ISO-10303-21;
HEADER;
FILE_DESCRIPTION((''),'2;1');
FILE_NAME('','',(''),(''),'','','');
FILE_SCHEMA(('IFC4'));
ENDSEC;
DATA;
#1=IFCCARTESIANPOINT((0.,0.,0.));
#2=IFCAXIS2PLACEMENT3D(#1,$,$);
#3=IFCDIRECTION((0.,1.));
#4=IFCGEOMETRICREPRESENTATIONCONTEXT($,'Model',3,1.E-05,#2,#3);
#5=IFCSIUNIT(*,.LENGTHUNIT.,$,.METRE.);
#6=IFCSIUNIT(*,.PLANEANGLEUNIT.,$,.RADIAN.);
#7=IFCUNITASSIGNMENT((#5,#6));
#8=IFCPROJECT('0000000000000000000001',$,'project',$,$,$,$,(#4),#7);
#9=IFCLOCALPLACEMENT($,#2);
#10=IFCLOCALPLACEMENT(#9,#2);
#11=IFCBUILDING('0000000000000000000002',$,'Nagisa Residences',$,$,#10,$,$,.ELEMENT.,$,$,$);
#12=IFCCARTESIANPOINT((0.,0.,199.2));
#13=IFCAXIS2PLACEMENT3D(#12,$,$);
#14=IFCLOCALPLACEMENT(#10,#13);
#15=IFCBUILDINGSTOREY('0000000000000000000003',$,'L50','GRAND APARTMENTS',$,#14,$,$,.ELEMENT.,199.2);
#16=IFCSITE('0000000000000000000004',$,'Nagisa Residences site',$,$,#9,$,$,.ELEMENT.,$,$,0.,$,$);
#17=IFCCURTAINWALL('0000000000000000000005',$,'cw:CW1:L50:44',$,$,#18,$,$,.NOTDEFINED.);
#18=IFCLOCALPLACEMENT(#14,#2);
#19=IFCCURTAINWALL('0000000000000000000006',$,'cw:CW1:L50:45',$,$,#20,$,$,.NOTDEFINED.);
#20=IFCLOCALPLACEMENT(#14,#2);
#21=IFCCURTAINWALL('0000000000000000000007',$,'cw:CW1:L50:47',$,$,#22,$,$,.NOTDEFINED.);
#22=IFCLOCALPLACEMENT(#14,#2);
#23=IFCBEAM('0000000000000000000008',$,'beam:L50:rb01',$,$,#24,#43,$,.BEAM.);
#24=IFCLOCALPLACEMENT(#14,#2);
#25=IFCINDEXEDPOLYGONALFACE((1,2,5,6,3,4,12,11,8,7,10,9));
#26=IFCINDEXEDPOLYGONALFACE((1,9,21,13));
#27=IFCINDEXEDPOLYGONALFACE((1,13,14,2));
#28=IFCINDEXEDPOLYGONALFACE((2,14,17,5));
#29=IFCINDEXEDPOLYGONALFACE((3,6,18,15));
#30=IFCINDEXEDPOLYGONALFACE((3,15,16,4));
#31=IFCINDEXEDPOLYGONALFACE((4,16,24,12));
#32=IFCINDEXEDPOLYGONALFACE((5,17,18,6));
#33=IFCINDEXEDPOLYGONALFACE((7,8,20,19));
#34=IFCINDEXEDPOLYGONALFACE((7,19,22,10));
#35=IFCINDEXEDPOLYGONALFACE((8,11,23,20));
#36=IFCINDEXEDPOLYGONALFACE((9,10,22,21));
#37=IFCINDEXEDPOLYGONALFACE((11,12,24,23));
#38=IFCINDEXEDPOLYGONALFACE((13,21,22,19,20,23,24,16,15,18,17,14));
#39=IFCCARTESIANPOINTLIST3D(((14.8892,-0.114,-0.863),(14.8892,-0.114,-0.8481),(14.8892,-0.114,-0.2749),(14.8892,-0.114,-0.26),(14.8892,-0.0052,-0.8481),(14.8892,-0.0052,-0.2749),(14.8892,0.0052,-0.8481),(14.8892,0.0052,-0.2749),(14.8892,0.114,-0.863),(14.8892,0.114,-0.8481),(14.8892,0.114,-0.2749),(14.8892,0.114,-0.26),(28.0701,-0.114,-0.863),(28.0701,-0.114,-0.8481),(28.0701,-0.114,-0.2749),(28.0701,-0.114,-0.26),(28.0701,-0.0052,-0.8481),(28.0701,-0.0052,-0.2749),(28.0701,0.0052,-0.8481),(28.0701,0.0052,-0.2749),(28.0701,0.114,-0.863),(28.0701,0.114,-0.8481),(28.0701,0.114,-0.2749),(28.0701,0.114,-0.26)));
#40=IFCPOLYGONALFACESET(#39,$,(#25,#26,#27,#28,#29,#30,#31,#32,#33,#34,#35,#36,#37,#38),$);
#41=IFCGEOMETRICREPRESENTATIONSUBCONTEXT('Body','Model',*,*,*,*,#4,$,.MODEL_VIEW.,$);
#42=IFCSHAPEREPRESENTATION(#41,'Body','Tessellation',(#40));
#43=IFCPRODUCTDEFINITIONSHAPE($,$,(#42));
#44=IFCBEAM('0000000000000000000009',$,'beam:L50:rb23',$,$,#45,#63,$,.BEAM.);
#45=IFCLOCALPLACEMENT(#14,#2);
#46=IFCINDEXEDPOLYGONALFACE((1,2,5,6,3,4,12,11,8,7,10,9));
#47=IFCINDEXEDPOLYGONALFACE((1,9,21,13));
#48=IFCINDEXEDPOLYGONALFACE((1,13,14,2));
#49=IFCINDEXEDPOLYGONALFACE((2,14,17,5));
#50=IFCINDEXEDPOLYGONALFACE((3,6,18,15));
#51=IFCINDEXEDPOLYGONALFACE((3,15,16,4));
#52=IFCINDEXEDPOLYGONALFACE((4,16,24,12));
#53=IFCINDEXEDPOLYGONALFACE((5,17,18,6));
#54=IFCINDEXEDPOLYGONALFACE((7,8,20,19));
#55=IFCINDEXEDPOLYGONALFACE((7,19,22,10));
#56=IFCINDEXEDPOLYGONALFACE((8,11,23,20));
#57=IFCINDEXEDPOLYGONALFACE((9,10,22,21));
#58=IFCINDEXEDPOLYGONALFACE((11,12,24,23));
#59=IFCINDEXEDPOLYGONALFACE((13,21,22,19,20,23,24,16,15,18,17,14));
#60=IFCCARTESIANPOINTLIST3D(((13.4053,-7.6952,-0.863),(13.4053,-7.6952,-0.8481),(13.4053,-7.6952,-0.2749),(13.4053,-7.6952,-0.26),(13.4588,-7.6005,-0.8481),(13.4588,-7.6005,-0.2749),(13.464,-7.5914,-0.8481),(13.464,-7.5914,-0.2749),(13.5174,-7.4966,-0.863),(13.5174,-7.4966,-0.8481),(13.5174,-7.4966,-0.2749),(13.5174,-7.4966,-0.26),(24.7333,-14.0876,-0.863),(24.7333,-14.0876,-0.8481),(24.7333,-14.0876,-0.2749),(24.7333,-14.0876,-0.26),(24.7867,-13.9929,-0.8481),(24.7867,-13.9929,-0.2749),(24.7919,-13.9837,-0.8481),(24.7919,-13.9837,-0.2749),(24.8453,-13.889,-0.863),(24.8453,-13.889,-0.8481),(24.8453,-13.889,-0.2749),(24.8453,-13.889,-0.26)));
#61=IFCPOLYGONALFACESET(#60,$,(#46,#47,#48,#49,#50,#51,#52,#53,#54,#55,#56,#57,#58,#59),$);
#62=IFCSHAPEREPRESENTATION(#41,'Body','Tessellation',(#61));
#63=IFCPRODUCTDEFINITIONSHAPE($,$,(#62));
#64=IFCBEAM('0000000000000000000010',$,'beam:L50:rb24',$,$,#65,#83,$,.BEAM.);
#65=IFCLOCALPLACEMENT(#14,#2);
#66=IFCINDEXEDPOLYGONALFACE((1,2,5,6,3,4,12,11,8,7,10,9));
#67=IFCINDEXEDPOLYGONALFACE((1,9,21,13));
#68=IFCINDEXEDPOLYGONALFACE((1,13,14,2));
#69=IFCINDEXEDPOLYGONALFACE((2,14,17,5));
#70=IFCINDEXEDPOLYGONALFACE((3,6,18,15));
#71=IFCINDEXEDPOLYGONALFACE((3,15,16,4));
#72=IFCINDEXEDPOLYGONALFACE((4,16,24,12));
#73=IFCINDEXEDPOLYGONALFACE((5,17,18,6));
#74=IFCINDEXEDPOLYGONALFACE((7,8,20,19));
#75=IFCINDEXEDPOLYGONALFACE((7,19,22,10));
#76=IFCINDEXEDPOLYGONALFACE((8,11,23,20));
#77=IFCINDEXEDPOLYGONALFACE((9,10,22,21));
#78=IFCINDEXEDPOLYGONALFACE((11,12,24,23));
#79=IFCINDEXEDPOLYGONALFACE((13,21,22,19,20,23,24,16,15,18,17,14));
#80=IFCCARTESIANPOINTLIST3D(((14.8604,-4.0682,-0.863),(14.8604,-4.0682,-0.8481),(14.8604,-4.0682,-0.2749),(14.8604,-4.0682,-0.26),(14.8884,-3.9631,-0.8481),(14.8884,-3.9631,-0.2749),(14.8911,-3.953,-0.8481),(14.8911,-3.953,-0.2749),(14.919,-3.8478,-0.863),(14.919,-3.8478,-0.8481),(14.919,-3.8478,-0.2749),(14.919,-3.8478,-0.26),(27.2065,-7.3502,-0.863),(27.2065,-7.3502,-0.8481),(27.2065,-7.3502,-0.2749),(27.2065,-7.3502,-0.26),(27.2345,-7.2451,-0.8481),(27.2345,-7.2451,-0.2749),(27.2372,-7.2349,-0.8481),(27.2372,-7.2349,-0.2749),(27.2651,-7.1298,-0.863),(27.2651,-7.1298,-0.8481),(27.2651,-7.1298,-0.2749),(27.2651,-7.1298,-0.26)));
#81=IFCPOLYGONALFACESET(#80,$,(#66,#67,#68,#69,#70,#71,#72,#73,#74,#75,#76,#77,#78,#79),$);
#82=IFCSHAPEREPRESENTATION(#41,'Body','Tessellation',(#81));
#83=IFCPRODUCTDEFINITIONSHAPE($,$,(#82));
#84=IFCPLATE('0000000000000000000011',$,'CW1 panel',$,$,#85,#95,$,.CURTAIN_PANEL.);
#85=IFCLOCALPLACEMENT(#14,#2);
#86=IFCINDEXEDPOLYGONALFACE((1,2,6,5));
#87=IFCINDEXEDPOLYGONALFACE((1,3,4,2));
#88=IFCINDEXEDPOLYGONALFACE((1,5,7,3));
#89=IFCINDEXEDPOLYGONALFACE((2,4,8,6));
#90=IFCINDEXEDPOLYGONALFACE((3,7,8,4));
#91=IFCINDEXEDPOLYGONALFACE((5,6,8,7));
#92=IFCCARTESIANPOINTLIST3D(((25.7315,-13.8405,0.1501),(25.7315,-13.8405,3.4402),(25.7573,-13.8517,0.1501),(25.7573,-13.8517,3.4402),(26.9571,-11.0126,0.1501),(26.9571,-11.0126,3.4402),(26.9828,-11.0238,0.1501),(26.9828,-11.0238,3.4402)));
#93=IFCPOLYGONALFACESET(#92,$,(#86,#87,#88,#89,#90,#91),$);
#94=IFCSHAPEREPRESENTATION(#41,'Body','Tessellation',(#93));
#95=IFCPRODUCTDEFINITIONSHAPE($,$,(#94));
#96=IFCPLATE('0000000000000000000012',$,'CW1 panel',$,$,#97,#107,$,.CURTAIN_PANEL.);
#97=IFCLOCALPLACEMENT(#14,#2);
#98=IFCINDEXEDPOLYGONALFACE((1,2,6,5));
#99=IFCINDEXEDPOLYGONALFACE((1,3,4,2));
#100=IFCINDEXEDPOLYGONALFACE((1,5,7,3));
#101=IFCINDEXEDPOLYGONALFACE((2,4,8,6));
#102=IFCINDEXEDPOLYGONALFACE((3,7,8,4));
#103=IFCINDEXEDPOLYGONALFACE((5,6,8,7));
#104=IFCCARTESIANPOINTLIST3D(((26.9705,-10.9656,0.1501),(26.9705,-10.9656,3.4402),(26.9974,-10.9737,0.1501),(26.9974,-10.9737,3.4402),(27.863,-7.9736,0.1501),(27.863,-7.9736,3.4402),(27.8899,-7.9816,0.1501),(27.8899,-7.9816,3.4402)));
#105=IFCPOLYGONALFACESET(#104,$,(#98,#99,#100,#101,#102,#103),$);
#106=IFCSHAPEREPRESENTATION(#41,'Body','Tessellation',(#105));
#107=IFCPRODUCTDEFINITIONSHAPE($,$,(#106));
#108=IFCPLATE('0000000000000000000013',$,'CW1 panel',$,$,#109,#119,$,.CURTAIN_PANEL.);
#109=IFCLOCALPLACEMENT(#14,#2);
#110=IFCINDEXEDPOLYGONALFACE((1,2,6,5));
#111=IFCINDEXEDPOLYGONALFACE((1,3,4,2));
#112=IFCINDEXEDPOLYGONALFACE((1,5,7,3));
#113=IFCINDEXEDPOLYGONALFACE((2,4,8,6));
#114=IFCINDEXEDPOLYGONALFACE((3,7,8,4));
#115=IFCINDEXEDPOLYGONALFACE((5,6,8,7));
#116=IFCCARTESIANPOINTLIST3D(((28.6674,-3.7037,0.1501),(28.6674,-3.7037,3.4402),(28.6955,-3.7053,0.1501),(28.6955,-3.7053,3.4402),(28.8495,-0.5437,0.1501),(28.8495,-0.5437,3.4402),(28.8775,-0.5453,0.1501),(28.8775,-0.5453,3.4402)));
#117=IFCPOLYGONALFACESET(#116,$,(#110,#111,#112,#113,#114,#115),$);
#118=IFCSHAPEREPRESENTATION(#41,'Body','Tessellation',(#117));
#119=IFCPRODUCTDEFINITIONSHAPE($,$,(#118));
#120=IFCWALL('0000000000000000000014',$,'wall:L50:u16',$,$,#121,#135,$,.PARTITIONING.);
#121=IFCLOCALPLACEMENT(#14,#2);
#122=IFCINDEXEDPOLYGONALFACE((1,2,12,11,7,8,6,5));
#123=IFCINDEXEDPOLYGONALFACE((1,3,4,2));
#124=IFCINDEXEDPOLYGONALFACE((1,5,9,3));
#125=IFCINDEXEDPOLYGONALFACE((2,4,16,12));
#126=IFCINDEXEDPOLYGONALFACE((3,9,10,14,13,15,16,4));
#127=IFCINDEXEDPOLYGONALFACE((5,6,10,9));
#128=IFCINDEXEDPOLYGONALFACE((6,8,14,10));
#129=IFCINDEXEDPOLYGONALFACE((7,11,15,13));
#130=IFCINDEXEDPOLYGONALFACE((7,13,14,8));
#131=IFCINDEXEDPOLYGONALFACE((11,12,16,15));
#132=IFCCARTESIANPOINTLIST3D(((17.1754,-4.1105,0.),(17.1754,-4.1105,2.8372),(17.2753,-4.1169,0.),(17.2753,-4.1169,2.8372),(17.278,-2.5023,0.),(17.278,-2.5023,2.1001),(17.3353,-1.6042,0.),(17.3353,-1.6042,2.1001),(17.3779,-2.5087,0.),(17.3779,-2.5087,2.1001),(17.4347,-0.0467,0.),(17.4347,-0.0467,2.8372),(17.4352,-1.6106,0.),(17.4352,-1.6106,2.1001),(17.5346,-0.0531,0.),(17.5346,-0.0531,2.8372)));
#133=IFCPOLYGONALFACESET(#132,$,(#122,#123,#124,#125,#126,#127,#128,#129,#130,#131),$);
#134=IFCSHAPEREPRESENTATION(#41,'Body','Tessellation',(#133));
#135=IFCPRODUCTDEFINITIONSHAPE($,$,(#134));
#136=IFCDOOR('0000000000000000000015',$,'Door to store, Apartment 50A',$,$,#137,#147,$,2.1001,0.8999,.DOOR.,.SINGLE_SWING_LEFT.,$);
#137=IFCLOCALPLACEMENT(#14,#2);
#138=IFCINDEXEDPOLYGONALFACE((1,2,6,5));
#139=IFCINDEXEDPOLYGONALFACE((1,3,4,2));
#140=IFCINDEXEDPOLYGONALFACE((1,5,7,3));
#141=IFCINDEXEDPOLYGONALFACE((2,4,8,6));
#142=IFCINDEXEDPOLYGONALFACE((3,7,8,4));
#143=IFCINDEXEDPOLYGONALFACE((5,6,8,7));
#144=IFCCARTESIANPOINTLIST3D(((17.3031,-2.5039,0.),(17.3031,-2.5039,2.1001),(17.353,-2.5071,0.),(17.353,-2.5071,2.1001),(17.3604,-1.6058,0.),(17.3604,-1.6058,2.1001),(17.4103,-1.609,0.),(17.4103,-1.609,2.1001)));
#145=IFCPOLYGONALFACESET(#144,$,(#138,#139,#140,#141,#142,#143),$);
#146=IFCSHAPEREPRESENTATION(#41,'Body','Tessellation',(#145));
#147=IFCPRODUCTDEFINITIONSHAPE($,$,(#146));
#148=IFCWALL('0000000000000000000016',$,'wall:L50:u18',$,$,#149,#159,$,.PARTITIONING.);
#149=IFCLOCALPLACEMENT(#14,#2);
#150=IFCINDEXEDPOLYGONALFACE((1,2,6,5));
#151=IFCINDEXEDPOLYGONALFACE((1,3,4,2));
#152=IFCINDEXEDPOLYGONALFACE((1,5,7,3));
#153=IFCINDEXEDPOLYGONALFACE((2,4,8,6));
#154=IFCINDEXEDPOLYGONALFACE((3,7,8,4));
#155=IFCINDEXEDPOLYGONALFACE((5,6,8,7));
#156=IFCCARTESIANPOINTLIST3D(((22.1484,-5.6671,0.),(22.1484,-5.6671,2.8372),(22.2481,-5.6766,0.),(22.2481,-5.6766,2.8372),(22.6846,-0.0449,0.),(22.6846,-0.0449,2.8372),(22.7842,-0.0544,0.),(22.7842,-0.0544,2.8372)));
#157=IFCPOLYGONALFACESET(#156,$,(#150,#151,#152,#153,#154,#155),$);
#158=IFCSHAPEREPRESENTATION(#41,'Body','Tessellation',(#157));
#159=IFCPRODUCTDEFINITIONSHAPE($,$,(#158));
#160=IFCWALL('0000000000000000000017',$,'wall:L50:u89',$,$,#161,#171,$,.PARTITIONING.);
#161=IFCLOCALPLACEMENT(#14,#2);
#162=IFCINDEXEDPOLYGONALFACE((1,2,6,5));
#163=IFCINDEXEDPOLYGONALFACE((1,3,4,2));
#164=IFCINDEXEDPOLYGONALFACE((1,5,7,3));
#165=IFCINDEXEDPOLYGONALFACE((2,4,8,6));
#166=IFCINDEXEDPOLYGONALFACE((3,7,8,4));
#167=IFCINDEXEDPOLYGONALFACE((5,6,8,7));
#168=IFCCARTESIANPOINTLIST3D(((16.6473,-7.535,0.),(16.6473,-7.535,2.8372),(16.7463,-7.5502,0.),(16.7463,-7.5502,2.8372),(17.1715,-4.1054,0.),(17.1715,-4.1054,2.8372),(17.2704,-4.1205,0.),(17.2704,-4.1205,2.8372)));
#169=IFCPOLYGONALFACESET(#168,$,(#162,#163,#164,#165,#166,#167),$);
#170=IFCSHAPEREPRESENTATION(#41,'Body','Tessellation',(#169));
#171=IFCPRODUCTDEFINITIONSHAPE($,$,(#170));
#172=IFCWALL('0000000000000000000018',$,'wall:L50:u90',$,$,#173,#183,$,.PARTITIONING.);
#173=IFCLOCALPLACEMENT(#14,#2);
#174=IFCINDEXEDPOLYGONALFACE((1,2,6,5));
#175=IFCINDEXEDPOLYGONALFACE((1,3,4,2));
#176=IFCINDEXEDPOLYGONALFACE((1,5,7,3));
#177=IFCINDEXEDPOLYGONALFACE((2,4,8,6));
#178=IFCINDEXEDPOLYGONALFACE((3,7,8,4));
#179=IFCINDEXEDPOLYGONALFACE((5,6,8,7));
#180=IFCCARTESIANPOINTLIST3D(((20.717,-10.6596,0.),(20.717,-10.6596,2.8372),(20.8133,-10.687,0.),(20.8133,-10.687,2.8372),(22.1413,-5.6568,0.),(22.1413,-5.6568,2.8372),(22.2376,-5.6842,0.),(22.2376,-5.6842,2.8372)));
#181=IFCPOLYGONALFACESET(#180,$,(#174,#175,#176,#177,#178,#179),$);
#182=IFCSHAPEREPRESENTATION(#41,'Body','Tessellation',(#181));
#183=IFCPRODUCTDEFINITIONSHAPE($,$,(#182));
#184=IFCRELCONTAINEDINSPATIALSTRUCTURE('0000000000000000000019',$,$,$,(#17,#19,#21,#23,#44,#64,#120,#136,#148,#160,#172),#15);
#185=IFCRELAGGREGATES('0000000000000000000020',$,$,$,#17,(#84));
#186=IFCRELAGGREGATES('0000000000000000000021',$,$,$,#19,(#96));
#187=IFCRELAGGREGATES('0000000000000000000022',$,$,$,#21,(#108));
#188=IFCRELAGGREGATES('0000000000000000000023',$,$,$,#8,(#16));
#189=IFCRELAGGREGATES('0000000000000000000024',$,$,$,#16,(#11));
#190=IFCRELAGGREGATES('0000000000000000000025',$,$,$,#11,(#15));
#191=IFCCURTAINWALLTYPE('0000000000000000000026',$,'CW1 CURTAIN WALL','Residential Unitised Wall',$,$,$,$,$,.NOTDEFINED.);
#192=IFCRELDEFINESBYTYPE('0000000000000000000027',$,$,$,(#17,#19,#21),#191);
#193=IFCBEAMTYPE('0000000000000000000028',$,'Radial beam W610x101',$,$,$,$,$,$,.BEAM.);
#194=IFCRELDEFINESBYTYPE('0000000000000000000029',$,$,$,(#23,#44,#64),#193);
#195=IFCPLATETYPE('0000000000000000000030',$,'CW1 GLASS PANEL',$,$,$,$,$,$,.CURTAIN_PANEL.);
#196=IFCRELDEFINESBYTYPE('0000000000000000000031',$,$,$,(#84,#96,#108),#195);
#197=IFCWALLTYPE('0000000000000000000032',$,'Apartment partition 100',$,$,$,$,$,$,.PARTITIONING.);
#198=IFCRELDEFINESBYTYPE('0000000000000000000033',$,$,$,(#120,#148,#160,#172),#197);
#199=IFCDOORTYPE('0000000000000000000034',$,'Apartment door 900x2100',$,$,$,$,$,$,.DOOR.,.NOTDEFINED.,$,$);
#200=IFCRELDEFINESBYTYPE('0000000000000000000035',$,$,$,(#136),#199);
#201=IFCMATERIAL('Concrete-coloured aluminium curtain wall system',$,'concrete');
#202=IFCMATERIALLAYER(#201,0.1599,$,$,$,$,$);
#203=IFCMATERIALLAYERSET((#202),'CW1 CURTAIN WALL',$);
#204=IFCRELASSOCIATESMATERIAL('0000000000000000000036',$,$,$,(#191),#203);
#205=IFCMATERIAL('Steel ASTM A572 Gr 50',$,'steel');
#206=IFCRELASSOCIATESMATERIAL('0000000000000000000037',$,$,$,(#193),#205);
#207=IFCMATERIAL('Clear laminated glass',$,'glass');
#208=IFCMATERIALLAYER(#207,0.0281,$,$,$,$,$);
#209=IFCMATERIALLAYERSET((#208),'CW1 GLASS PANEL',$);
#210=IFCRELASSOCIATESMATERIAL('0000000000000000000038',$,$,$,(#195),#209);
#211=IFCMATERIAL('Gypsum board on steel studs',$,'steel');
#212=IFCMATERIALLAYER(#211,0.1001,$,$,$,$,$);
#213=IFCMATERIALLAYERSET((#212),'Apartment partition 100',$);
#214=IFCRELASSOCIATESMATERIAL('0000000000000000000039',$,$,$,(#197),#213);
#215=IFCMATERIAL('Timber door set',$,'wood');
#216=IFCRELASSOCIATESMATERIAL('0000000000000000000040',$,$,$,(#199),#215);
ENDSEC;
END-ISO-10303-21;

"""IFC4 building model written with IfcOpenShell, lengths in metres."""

from ifc_helpers import new_model, si_unit, direction, frame, frame_2d, origin, origin_2d, place, context, subcontext, project, spatial, rectangle, i_section, extrude, material, layer, layer_set, material_profile, profile_set, type_object, element, fill, aggregate, save


model = new_model("IFC4")

# Units and contexts
model_context = context("Model", 3, precision=1e-05, world=origin(), true_north=direction((0.0, 1.0)))
body_context = subcontext(model_context, "Body", "Model", "MODEL_VIEW")
ifc_project = project(units=[si_unit("LENGTHUNIT", "METRE"), si_unit("PLANEANGLEUNIT", "RADIAN")], contexts=[model_context])

# Site, building, storey
site_placement = place(None, origin())
site = spatial("IfcSite", under=ifc_project, at=site_placement, Name="Nagisa Residences site", CompositionType="ELEMENT", RefElevation=0.0)
building_placement = place(site_placement, origin())
building = spatial("IfcBuilding", under=site, at=building_placement, Name="Nagisa Residences", CompositionType="ELEMENT")
storey_placement = place(building_placement, frame((0.0, 0.0, 199.2)))
storey = spatial("IfcBuildingStorey", under=building, at=storey_placement, Name="L50", Description="GRAND APARTMENTS", CompositionType="ELEMENT", Elevation=199.2)

# Curtain walls
ifc_material_1 = material(Name="Concrete-coloured aluminium curtain wall system", Category="concrete")
ifc_layer_1 = layer(ifc_material_1, 0.1599)
ifc_layer_set_1 = layer_set([ifc_layer_1], Name="CW1 CURTAIN WALL")
curtain_wall_type = type_object("IfcCurtainWallType", Name="CW1 CURTAIN WALL", Description="Residential Unitised Wall", PredefinedType="NOTDEFINED", material=ifc_layer_set_1)
curtain_wall_1_placement = place(storey_placement, origin())
curtain_wall_1 = element("IfcCurtainWall", 1, at=curtain_wall_1_placement, inside=storey, type_object=curtain_wall_type, Name="cw:CW1:L50:44", PredefinedType="NOTDEFINED")
curtain_wall_2_placement = place(storey_placement, origin())
curtain_wall_2 = element("IfcCurtainWall", 2, at=curtain_wall_2_placement, inside=storey, type_object=curtain_wall_type, Name="cw:CW1:L50:45", PredefinedType="NOTDEFINED")
curtain_wall_3_placement = place(storey_placement, origin())
curtain_wall_3 = element("IfcCurtainWall", 3, at=curtain_wall_3_placement, inside=storey, type_object=curtain_wall_type, Name="cw:CW1:L50:47", PredefinedType="NOTDEFINED")

# Beams
ifc_material_2 = material(Name="Steel ASTM A572 Gr 50", Category="steel")
ifc_material_profile_1 = material_profile(ifc_material_2, i_section(OverallWidth=0.228, OverallDepth=0.603, WebThickness=0.0105, FlangeThickness=0.0149, at=origin_2d()), Name="W610x101")
ifc_profile_set_1 = profile_set([ifc_material_profile_1], Name="Steel ASTM A572 Gr 50")
beam_type_1 = type_object("IfcBeamType", Name="Radial beam W610x101", PredefinedType="BEAM", material=ifc_profile_set_1)
beam_1_placement = place(storey_placement, frame((28.0701, 0.0, -0.5615), z_axis=(-1.0, 0.0, 0.0), x_axis=(0.0, -1.0, 0.0)))
element("IfcBeam", 4, at=beam_1_placement, inside=storey, type_object=beam_type_1, Name="beam:L50:rb01", PredefinedType="BEAM", context=body_context, shape_type="SweptSolid", body=[
    extrude(i_section(OverallWidth=0.228, OverallDepth=0.603, WebThickness=0.0105, FlangeThickness=0.0149, at=origin_2d()), origin(), (0.0, 0.0, 1.0), 13.1809),
])
beam_2_placement = place(storey_placement, frame((24.7893, -13.9883, -0.5615), z_axis=(-0.870905, 0.491452, 0.0), x_axis=(-0.491452, -0.870905, 0.0)))
element("IfcBeam", 5, at=beam_2_placement, inside=storey, type_object=beam_type_1, Name="beam:L50:rb23", PredefinedType="BEAM", context=body_context, shape_type="SweptSolid", body=[
    extrude(i_section(OverallWidth=0.228, OverallDepth=0.603, WebThickness=0.0105, FlangeThickness=0.0149, at=origin_2d()), origin(), (0.0, 0.0, 1.0), 13.0071),
])
beam_3_placement = place(storey_placement, frame((27.2358, -7.24, -0.5615), z_axis=(-0.966436, 0.256907, 0.0), x_axis=(-0.256907, -0.966436, 0.0)))
element("IfcBeam", 6, at=beam_3_placement, inside=storey, type_object=beam_type_1, Name="beam:L50:rb24", PredefinedType="BEAM", context=body_context, shape_type="SweptSolid", body=[
    extrude(i_section(OverallWidth=0.228, OverallDepth=0.603, WebThickness=0.0105, FlangeThickness=0.0149, at=origin_2d()), origin(), (0.0, 0.0, 1.0), 12.7749),
])

# Plates
ifc_material_3 = material(Name="Clear laminated glass", Category="glass")
ifc_layer_2 = layer(ifc_material_3, 0.0281)
ifc_layer_set_2 = layer_set([ifc_layer_2], Name="CW1 GLASS PANEL")
plate_type = type_object("IfcPlateType", Name="CW1 GLASS PANEL", PredefinedType="CURTAIN_PANEL", material=ifc_layer_set_2)
plate_1_placement = place(storey_placement, frame((26.3572, -12.4321, 0.1501), z_axis=(0.0, 0.0, 1.0), x_axis=(0.397636, 0.917543, 0.0)))
plate_1 = element("IfcPlate", 7, at=plate_1_placement, type_object=plate_type, Name="CW1 panel", PredefinedType="CURTAIN_PANEL", context=body_context, shape_type="SweptSolid", body=[
    extrude(rectangle(XDim=3.082, YDim=0.0281, at=origin_2d()), origin(), (0.0, 0.0, 1.0), 3.29),
])
aggregate(curtain_wall_1, [plate_1])
plate_2_placement = place(storey_placement, frame((27.4302, -9.4736, 0.1501), z_axis=(0.0, 0.0, 1.0), x_axis=(0.28586, 0.958271, 0.0)))
plate_2 = element("IfcPlate", 8, at=plate_2_placement, type_object=plate_type, Name="CW1 panel", PredefinedType="CURTAIN_PANEL", context=body_context, shape_type="SweptSolid", body=[
    extrude(rectangle(XDim=3.1223, YDim=0.0281, at=origin_2d()), origin(), (0.0, 0.0, 1.0), 3.29),
])
aggregate(curtain_wall_2, [plate_2])
plate_3_placement = place(storey_placement, frame((28.7725, -2.1245, 0.1501), z_axis=(0.0, 0.0, 1.0), x_axis=(0.057503, 0.998345, 0.0)))
plate_3 = element("IfcPlate", 9, at=plate_3_placement, type_object=plate_type, Name="CW1 panel", PredefinedType="CURTAIN_PANEL", context=body_context, shape_type="SweptSolid", body=[
    extrude(rectangle(XDim=3.1653, YDim=0.0281, at=origin_2d()), origin(), (0.0, 0.0, 1.0), 3.29),
])
aggregate(curtain_wall_3, [plate_3])

# Wall, opening, door
ifc_material_4 = material(Name="Gypsum board on steel studs", Category="steel")
ifc_layer_3 = layer(ifc_material_4, 0.1001)
ifc_layer_set_3 = layer_set([ifc_layer_3], Name="Apartment partition 100")
wall_type_1 = type_object("IfcWallType", Name="Apartment partition 100", PredefinedType="PARTITIONING", material=ifc_layer_set_3)
wall_1_placement = place(storey_placement, frame((17.4846, -0.0498, 0.0), z_axis=(0.0, 0.0, 1.0), x_axis=(-0.063673, -0.997971, 0.0)))
wall_1 = element("IfcWall", 10, at=wall_1_placement, inside=storey, type_object=wall_type_1, Name="wall:L50:u16", PredefinedType="PARTITIONING", context=body_context, shape_type="SweptSolid", body=[
    extrude(rectangle(XDim=4.072, YDim=0.1001, at=frame_2d((2.0361, 0.0))), origin(), (0.0, 0.0, 1.0), 2.8372),
])
opening_1_placement = place(wall_1_placement, frame((1.5608, 0.0, 0.0)))
opening_1 = element("IfcOpeningElement", 11, at=opening_1_placement, cuts=wall_1, PredefinedType="OPENING", context=body_context, shape_type="SweptSolid", body=[
    extrude(rectangle(XDim=0.8999, YDim=2.1001, at=frame_2d((0.45, 1.05))), frame((0.0, 0.0601, 0.0), z_axis=(0.0, -1.0, 0.0), x_axis=(1.0, 0.0, 0.0)), (0.0, 0.0, 1.0), 0.1201),
])
ifc_material_5 = material(Name="Timber door set", Category="wood")
door_type_1 = type_object("IfcDoorType", Name="Apartment door 900x2100", OperationType="NOTDEFINED", PredefinedType="DOOR", material=ifc_material_5)
door_1_placement = place(opening_1_placement, frame((0.8999, 0.0, 0.0), x_axis=(-1.0, 0.0, 0.0)))
door_1 = element("IfcDoor", 12, at=door_1_placement, inside=storey, type_object=door_type_1, Name="Door to store, Apartment 50A", OperationType="SINGLE_SWING_LEFT", OverallHeight=2.1001, OverallWidth=0.8999, PredefinedType="DOOR", context=body_context, shape_type="SweptSolid", body=[
    extrude(rectangle(XDim=0.8999, YDim=2.1001, at=frame_2d((0.45, 1.05))), frame((0.0, 0.0249, 0.0), z_axis=(0.0, -1.0, 0.0), x_axis=(1.0, 0.0, 0.0)), (0.0, 0.0, 1.0), 0.05),
])
fill(opening_1, door_1)

# Walls
wall_2_placement = place(storey_placement, frame((22.7344, -0.0498, 0.0), z_axis=(0.0, 0.0, 1.0), x_axis=(-0.094927, -0.995484, 0.0)))
element("IfcWall", 13, at=wall_2_placement, inside=storey, type_object=wall_type_1, Name="wall:L50:u18", PredefinedType="PARTITIONING", context=body_context, shape_type="SweptSolid", body=[
    extrude(rectangle(XDim=5.6477, YDim=0.1001, at=frame_2d((2.8237, 0.0))), origin(), (0.0, 0.0, 1.0), 2.8372),
])
wall_3_placement = place(storey_placement, frame((16.6968, -7.5427, 0.0), z_axis=(0.0, 0.0, 1.0), x_axis=(0.151079, 0.988522, 0.0)))
element("IfcWall", 14, at=wall_3_placement, inside=storey, type_object=wall_type_1, Name="wall:L50:u89", PredefinedType="PARTITIONING", context=body_context, shape_type="SweptSolid", body=[
    extrude(rectangle(XDim=3.4695, YDim=0.1001, at=frame_2d((1.7349, 0.0))), origin(), (0.0, 0.0, 1.0), 2.8372),
])
wall_4_placement = place(storey_placement, frame((20.7651, -10.6733, 0.0), z_axis=(0.0, 0.0, 1.0), x_axis=(0.273816, 0.961782, 0.0)))
element("IfcWall", 15, at=wall_4_placement, inside=storey, type_object=wall_type_1, Name="wall:L50:u90", PredefinedType="PARTITIONING", context=body_context, shape_type="SweptSolid", body=[
    extrude(rectangle(XDim=5.2017, YDim=0.1001, at=frame_2d((2.6008, 0.0))), origin(), (0.0, 0.0, 1.0), 2.8372),
])

save(model, "model.ifc")
